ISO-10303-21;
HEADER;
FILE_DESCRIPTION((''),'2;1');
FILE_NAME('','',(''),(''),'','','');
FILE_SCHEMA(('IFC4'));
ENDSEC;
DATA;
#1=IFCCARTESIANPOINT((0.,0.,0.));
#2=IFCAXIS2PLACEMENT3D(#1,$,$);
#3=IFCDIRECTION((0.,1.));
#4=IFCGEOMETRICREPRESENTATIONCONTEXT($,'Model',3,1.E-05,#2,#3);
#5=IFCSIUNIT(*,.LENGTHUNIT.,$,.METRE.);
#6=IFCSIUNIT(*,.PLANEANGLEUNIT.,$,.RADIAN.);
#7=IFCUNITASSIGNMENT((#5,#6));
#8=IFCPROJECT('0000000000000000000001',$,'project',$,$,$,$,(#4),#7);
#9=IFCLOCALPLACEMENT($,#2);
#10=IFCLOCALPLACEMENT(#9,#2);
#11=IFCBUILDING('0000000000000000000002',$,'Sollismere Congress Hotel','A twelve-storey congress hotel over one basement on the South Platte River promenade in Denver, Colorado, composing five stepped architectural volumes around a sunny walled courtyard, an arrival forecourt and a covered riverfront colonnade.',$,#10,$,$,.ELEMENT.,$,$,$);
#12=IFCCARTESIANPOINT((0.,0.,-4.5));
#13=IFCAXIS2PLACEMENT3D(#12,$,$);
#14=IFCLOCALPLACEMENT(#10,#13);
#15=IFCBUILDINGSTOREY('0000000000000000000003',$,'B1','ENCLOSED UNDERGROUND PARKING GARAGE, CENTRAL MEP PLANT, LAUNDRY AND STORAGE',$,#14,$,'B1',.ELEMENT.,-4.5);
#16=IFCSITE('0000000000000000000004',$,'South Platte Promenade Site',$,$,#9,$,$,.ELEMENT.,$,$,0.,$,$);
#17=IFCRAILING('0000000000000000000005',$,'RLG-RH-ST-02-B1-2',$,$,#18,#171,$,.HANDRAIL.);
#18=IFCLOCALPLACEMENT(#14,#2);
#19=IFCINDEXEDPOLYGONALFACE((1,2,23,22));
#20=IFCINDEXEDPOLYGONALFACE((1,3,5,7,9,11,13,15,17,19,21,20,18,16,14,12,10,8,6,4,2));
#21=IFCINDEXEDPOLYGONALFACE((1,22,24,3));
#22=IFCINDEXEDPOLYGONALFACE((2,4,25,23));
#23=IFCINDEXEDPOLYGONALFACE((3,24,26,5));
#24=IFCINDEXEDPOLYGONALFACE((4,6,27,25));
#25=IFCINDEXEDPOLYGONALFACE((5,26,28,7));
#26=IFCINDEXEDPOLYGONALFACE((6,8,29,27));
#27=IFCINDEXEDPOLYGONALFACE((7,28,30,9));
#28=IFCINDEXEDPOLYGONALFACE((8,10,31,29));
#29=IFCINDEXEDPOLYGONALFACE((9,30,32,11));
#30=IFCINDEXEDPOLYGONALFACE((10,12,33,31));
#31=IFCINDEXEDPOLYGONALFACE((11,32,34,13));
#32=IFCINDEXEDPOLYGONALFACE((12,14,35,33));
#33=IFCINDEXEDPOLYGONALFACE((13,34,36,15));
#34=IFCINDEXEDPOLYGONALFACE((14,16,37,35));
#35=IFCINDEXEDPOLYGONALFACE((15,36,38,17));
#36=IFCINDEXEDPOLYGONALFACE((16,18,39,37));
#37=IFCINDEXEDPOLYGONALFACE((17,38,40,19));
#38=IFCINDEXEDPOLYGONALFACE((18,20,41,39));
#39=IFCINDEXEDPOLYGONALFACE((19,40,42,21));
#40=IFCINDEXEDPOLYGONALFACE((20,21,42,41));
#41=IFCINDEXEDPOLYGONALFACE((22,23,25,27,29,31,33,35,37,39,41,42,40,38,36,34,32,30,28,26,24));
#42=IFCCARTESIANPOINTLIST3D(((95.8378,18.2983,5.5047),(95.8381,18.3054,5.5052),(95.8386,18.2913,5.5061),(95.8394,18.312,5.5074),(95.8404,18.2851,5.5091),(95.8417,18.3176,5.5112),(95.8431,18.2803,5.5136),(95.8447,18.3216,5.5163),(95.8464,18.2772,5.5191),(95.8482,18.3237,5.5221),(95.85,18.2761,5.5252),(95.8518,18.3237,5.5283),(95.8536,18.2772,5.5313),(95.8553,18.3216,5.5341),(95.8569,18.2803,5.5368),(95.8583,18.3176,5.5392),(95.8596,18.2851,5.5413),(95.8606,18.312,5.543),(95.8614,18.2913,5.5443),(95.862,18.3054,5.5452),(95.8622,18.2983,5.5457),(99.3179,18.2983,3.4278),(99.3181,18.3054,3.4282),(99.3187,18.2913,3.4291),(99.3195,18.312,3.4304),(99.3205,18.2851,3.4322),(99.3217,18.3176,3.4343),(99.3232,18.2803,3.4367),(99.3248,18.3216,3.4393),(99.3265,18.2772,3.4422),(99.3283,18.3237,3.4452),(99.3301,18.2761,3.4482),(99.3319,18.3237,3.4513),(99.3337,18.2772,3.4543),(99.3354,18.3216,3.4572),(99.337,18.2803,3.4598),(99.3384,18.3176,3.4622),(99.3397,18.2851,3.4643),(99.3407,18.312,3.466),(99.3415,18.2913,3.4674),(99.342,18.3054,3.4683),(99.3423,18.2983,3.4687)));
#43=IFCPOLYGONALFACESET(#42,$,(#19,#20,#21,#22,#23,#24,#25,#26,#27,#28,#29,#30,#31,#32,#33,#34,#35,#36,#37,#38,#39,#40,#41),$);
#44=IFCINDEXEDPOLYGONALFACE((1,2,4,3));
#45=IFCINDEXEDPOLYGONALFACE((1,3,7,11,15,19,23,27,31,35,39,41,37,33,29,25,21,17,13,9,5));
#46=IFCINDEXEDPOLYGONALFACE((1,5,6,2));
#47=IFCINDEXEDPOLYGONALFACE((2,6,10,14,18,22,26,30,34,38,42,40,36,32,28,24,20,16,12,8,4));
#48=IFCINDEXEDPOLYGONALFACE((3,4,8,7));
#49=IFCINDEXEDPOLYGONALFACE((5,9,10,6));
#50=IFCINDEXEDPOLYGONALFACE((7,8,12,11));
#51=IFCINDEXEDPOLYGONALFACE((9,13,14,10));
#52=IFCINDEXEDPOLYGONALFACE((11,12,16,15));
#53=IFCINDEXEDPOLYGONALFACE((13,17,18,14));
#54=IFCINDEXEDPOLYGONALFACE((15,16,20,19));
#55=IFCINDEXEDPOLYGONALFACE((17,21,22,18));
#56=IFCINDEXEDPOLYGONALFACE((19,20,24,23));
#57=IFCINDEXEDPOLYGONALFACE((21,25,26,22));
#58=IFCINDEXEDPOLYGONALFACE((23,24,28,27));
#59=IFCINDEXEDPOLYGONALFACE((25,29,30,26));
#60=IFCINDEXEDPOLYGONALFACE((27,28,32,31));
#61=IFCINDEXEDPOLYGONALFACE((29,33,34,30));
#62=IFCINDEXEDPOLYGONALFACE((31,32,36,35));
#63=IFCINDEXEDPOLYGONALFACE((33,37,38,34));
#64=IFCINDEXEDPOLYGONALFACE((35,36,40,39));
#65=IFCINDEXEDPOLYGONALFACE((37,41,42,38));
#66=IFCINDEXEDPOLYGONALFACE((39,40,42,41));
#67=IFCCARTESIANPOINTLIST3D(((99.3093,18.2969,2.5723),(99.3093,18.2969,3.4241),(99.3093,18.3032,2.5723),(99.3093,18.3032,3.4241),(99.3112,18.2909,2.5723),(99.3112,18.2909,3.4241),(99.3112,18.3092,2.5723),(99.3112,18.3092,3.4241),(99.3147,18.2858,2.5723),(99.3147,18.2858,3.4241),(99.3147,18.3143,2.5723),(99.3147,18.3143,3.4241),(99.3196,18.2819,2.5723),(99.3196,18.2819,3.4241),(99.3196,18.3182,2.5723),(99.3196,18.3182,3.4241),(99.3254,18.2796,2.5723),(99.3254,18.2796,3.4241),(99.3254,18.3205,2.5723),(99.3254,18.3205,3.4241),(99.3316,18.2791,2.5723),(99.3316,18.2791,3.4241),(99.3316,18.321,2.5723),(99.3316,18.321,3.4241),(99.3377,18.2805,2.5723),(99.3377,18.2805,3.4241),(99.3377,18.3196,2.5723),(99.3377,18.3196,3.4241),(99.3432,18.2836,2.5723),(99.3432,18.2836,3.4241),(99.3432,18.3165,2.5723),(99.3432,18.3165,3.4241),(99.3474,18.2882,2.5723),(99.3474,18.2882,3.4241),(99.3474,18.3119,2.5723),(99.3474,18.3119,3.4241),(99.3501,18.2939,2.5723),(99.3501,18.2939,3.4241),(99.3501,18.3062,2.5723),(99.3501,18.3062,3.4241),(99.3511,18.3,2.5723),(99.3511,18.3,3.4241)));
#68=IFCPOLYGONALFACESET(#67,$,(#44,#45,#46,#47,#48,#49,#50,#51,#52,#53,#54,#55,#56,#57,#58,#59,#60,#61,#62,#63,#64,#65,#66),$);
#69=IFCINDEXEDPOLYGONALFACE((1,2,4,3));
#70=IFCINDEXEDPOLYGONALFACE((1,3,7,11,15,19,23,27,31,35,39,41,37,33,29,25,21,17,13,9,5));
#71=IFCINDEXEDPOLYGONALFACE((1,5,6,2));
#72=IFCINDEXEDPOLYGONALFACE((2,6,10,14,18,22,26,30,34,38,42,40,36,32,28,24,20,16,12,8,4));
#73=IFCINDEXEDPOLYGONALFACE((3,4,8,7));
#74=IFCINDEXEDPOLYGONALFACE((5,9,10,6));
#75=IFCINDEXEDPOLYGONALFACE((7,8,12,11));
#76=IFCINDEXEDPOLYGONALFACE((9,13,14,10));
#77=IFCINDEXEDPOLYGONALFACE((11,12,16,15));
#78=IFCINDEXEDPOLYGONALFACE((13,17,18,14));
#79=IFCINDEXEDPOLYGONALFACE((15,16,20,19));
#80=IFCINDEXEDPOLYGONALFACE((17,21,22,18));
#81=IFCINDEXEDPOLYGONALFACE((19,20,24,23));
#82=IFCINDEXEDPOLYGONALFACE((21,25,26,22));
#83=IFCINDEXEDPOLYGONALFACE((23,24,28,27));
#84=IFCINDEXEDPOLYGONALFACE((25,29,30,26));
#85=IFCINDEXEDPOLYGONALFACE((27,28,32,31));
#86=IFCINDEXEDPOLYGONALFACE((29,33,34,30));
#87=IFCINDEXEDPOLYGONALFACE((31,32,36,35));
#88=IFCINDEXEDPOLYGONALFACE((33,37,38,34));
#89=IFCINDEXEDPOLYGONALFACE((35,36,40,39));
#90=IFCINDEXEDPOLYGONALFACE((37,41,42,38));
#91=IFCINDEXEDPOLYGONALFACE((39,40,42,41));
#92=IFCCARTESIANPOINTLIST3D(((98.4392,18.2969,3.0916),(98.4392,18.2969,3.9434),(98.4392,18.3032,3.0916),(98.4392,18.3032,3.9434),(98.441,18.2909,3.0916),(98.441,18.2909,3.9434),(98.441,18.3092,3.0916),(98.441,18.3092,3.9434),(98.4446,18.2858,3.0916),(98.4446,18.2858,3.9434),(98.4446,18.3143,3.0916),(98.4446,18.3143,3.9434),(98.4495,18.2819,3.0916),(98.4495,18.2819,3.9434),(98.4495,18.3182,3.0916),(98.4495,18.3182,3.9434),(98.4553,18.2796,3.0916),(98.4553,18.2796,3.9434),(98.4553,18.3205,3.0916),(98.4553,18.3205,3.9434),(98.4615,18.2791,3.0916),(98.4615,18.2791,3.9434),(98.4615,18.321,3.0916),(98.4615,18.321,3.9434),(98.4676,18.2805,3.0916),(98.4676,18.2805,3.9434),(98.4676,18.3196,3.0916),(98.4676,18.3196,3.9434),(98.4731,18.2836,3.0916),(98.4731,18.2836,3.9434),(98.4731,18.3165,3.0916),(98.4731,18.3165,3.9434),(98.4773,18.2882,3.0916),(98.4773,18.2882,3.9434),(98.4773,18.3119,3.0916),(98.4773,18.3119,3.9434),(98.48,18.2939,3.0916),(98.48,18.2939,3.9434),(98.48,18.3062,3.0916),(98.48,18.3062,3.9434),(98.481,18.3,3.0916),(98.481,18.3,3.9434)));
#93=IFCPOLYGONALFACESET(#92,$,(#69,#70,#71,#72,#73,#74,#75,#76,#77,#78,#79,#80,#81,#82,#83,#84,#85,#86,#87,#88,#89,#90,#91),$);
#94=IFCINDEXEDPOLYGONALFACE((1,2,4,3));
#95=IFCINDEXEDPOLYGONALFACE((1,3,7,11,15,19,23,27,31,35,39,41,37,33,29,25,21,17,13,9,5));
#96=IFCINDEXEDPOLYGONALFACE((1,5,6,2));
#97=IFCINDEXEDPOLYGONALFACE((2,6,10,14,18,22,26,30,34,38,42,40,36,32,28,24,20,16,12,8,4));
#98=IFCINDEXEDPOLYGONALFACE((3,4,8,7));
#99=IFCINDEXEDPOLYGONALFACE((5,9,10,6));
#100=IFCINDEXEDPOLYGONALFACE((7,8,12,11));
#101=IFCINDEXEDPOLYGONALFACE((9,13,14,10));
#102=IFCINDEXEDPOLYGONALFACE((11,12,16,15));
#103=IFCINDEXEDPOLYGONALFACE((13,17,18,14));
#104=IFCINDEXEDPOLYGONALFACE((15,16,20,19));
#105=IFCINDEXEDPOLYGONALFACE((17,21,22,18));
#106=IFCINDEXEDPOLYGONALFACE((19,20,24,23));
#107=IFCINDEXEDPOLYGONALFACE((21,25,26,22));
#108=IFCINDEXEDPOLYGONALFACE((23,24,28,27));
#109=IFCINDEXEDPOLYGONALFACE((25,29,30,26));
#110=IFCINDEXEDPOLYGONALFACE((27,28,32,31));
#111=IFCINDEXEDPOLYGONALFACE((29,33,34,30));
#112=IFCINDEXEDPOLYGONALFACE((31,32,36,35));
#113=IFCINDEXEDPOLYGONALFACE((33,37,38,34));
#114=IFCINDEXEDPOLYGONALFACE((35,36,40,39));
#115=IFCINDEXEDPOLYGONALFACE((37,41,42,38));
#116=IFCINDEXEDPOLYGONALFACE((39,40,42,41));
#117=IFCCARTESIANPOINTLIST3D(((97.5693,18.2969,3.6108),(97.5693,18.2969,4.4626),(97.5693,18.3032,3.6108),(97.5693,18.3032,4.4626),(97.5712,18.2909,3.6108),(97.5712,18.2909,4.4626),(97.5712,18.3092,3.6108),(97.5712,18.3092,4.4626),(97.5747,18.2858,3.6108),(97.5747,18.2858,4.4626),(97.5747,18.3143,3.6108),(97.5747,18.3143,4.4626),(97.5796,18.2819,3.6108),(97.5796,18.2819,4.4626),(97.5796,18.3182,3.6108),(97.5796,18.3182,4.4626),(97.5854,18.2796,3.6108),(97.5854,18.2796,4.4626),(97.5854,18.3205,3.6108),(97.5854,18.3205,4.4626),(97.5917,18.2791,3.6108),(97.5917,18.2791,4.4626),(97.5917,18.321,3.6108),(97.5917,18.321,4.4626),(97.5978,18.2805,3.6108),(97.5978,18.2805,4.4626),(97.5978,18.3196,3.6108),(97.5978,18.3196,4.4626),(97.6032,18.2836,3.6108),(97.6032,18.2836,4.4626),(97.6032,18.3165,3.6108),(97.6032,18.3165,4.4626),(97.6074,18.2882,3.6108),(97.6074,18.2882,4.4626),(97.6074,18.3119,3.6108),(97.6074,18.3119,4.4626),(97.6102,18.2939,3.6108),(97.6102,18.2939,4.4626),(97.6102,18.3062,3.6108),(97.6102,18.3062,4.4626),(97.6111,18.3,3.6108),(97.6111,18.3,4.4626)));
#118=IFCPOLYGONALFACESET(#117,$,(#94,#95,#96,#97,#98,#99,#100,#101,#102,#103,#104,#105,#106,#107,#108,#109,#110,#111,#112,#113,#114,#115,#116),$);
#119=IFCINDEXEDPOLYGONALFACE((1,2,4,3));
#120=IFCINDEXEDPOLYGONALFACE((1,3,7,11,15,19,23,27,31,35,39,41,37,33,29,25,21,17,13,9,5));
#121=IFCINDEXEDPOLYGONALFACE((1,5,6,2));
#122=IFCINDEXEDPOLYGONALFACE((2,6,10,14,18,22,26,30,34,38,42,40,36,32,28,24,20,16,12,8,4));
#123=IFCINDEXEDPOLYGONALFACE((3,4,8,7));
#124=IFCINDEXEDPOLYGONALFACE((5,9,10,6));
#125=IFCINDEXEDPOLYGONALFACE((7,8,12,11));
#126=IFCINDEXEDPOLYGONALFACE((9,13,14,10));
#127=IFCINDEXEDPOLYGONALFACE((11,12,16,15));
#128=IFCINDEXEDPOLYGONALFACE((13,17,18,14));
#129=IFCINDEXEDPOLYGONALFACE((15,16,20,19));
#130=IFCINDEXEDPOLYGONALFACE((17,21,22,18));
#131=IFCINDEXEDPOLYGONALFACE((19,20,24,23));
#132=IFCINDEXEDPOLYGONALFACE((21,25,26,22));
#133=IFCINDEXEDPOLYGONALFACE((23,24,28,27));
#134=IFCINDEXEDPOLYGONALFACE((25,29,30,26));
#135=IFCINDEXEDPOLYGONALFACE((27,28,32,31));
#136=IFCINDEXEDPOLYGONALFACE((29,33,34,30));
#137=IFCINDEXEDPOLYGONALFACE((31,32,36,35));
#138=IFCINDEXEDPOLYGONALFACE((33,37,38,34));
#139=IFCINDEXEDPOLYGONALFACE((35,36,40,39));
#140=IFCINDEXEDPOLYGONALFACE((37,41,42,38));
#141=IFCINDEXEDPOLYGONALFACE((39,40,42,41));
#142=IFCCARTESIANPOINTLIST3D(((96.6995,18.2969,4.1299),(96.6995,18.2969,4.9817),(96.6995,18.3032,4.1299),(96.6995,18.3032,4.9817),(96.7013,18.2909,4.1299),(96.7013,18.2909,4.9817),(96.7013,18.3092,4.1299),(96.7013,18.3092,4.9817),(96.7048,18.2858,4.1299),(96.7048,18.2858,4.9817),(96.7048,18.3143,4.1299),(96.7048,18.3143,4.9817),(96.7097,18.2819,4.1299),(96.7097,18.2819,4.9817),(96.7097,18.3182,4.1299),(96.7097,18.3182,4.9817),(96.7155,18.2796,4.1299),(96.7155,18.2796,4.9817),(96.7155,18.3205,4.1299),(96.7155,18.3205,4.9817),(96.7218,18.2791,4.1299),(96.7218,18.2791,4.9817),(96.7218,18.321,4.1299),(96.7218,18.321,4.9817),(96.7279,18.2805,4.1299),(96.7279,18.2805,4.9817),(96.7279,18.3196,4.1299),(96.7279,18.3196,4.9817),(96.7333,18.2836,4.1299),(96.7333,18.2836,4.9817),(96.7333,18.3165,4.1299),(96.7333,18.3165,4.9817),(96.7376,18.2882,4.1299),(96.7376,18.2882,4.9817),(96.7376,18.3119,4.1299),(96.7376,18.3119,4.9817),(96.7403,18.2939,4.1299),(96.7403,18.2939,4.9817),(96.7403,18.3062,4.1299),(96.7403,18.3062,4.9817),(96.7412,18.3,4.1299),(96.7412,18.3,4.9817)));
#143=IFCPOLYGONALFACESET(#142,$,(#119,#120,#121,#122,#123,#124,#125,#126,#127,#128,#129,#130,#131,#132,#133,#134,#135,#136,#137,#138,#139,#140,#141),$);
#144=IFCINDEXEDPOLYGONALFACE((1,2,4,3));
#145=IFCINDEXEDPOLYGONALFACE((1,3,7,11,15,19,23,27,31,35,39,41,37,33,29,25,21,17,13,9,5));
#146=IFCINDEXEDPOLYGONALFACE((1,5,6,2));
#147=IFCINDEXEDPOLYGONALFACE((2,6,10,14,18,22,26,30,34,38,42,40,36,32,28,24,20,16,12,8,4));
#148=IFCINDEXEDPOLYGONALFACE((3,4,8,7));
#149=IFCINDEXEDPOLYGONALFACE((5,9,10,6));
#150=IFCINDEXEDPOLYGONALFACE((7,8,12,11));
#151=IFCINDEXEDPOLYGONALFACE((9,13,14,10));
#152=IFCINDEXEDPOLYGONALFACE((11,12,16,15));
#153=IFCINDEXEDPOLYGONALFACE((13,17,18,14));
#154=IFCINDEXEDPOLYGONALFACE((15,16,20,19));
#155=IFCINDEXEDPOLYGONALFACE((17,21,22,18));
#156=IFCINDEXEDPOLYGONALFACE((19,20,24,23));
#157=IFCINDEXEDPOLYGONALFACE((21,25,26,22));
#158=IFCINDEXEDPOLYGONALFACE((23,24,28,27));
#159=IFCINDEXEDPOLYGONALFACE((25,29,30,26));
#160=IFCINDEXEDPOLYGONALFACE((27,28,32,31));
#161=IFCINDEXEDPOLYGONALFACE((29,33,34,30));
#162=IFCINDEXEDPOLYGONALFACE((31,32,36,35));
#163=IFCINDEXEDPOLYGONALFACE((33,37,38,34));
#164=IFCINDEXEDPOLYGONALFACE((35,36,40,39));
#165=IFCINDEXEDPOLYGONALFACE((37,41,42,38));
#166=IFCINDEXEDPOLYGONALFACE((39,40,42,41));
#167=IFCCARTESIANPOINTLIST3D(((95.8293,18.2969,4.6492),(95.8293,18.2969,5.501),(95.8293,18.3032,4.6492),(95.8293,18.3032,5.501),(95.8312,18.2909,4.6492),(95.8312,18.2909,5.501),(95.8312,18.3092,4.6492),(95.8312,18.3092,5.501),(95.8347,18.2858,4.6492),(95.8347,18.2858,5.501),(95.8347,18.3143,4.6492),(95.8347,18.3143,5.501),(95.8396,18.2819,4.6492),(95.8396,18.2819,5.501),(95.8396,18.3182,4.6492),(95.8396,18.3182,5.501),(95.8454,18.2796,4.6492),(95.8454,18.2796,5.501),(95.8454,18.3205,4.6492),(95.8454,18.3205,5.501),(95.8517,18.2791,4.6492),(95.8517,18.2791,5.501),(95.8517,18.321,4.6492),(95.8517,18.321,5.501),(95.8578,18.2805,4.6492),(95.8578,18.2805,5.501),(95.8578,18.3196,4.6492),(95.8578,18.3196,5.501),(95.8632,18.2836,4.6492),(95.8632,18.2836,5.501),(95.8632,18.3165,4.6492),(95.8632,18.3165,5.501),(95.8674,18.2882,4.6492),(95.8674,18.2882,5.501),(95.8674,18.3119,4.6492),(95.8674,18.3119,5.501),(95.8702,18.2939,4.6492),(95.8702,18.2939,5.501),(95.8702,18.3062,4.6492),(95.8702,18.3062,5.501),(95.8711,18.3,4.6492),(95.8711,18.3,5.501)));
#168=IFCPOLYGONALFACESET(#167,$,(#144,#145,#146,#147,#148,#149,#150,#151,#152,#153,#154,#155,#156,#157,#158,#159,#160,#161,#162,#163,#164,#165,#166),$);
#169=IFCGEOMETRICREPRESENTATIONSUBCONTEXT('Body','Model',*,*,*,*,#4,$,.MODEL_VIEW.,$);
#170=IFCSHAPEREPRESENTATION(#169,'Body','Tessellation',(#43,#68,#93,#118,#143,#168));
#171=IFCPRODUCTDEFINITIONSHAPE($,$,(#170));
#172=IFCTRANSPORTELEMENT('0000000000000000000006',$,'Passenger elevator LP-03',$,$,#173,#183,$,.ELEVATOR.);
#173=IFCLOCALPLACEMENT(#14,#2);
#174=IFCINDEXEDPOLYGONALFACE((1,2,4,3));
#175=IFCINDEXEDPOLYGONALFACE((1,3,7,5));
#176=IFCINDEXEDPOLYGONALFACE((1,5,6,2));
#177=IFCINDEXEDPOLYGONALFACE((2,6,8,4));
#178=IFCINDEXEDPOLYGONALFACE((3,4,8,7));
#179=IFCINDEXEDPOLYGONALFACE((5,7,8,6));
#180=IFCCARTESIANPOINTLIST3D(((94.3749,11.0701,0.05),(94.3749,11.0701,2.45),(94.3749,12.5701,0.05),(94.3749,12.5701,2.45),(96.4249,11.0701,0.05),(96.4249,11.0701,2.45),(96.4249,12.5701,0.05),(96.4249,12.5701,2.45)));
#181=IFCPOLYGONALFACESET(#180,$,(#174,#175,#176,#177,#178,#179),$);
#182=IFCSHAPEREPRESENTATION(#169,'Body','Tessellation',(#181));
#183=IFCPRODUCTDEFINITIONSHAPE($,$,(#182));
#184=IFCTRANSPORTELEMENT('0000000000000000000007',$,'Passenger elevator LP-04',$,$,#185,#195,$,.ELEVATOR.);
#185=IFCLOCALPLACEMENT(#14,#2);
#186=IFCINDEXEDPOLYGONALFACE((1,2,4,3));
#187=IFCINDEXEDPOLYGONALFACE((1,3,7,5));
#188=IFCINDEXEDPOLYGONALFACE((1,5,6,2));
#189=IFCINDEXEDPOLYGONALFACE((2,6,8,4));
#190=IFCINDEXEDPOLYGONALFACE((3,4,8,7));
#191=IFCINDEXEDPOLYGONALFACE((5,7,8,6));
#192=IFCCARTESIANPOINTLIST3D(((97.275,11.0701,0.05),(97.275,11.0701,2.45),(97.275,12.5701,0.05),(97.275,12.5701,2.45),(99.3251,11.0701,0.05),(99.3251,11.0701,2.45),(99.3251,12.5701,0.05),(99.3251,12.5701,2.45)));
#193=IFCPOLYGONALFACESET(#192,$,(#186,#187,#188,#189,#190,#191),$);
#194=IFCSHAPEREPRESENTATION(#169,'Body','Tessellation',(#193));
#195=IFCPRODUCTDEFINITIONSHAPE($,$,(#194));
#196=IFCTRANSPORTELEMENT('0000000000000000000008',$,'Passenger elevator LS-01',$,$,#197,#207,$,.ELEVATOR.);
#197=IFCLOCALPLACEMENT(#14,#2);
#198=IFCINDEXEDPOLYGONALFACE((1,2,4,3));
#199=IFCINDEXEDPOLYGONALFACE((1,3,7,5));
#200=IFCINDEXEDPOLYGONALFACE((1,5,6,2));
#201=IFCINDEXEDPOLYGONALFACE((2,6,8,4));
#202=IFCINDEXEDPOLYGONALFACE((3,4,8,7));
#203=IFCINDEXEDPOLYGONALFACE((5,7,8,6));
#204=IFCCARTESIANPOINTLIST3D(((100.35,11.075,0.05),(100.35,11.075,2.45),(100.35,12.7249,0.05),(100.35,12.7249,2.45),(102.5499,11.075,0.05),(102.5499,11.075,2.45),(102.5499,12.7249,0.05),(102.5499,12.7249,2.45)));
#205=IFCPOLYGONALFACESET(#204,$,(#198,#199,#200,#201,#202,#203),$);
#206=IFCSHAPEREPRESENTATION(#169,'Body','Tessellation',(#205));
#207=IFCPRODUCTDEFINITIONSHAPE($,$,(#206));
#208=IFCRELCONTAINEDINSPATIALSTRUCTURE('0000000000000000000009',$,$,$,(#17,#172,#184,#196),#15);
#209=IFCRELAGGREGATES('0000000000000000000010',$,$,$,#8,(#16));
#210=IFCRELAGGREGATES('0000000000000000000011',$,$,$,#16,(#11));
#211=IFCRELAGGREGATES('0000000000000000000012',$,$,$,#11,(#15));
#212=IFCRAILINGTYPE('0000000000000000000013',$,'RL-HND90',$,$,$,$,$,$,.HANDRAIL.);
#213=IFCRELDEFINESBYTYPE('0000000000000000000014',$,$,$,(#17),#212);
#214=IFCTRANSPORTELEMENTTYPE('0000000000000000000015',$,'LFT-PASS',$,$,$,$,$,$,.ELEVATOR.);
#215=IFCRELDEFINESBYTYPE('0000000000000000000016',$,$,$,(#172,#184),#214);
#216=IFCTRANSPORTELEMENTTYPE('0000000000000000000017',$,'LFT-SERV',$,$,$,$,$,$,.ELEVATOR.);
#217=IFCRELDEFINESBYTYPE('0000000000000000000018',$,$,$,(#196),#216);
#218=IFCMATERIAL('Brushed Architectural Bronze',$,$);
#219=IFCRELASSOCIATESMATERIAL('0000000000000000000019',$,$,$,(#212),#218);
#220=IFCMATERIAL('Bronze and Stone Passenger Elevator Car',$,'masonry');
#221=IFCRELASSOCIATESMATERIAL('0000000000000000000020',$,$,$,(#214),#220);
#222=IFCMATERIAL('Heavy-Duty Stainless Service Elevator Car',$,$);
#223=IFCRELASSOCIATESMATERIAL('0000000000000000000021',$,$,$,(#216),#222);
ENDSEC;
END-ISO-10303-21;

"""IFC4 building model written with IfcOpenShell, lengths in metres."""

from ifc_helpers import new_model, si_unit, direction, frame, origin, origin_2d, place, context, subcontext, project, spatial, rectangle, circle, extrude, material, type_object, element, save


model = new_model("IFC4")

# Units and contexts
model_context = context("Model", 3, precision=1e-05, world=origin(), true_north=direction((0.0, 1.0)))
body_context = subcontext(model_context, "Body", "Model", "MODEL_VIEW")
ifc_project = project(units=[si_unit("LENGTHUNIT", "METRE"), si_unit("PLANEANGLEUNIT", "RADIAN")], contexts=[model_context])

# Site, building, storey
site_placement = place(None, origin())
site = spatial("IfcSite", under=ifc_project, at=site_placement, Name="South Platte Promenade Site", CompositionType="ELEMENT", RefElevation=0.0)
building_placement = place(site_placement, origin())
building = spatial("IfcBuilding", under=site, at=building_placement, Name="Sollismere Congress Hotel", Description="A twelve-storey congress hotel over one basement on the South Platte River promenade in Denver, Colorado, composing five stepped architectural volumes around a sunny walled courtyard, an arrival forecourt and a covered riverfront colonnade.", CompositionType="ELEMENT")
storey_placement = place(building_placement, frame((0.0, 0.0, -4.5)))
storey = spatial("IfcBuildingStorey", under=building, at=storey_placement, Name="B1", Description="ENCLOSED UNDERGROUND PARKING GARAGE, CENTRAL MEP PLANT, LAUNDRY AND STORAGE", LongName="B1", CompositionType="ELEMENT", Elevation=-4.5)

# Railing
ifc_material_1 = material(Name="Brushed Architectural Bronze")
railing_type_1 = type_object("IfcRailingType", Name="RL-HND90", PredefinedType="HANDRAIL", material=ifc_material_1)
railing_1_placement = place(storey_placement, frame((99.3301, 18.3, 2.5723)))
element("IfcRailing", 1, at=railing_1_placement, inside=storey, type_object=railing_type_1, Name="RLG-RH-ST-02-B1-2", PredefinedType="HANDRAIL", context=body_context, shape_type="SweptSolid", body=[
    extrude(circle(Radius=0.0239, at=origin_2d()), frame((0.0, 0.0, 0.876), z_axis=(-0.858697, 0.0, 0.512483), x_axis=(0.0, -1.0, 0.0)), (0.0, 0.0, 1.0), 4.0527),
    extrude(circle(Radius=0.021, at=origin_2d()), origin(), (0.0, 0.0, 1.0), 0.8518),
    extrude(circle(Radius=0.021, at=origin_2d()), frame((-0.8701, 0.0, 0.5193)), (0.0, 0.0, 1.0), 0.8518),
    extrude(circle(Radius=0.021, at=origin_2d()), frame((-1.74, 0.0, 1.0386)), (0.0, 0.0, 1.0), 0.8518),
    extrude(circle(Radius=0.021, at=origin_2d()), frame((-2.6099, 0.0, 1.5576)), (0.0, 0.0, 1.0), 0.8518),
    extrude(circle(Radius=0.021, at=origin_2d()), frame((-3.48, 0.0, 2.0769)), (0.0, 0.0, 1.0), 0.8518),
])

# Transport elements
ifc_material_2 = material(Name="Bronze and Stone Passenger Elevator Car", Category="masonry")
transport_element_type_1 = type_object("IfcTransportElementType", Name="LFT-PASS", PredefinedType="ELEVATOR", material=ifc_material_2)
for number, where, z_axis, x_axis, name in (
    (2, (95.3999, 11.8201, 0.05), (0.0, 0.0, 1.0), (1.0, 0.0, 0.0), "Passenger elevator LP-03"),
    (3, (98.3, 11.8201, 0.05), (0.0, 0.0, 1.0), (1.0, 0.0, 0.0), "Passenger elevator LP-04"),
):
    element("IfcTransportElement", number, at=place(storey_placement, frame(where, z_axis=z_axis, x_axis=x_axis)), inside=storey, type_object=transport_element_type_1, Name=name, PredefinedType="ELEVATOR", context=body_context, shape_type="SweptSolid", body=[
        extrude(rectangle(XDim=2.05, YDim=1.5, at=origin_2d()), origin(), (0.0, 0.0, 1.0), 2.3999),
    ])
ifc_material_3 = material(Name="Heavy-Duty Stainless Service Elevator Car")
transport_element_type_2 = type_object("IfcTransportElementType", Name="LFT-SERV", PredefinedType="ELEVATOR", material=ifc_material_3)
transport_element_placement = place(storey_placement, frame((101.45, 11.8999, 0.05), z_axis=(0.0, 0.0, 1.0), x_axis=(1.0, 0.0, 0.0)))
element("IfcTransportElement", 4, at=transport_element_placement, inside=storey, type_object=transport_element_type_2, Name="Passenger elevator LS-01", PredefinedType="ELEVATOR", context=body_context, shape_type="SweptSolid", body=[
    extrude(rectangle(XDim=2.2, YDim=1.6499, at=origin_2d()), origin(), (0.0, 0.0, 1.0), 2.3999),
])

save(model, "model.ifc")
